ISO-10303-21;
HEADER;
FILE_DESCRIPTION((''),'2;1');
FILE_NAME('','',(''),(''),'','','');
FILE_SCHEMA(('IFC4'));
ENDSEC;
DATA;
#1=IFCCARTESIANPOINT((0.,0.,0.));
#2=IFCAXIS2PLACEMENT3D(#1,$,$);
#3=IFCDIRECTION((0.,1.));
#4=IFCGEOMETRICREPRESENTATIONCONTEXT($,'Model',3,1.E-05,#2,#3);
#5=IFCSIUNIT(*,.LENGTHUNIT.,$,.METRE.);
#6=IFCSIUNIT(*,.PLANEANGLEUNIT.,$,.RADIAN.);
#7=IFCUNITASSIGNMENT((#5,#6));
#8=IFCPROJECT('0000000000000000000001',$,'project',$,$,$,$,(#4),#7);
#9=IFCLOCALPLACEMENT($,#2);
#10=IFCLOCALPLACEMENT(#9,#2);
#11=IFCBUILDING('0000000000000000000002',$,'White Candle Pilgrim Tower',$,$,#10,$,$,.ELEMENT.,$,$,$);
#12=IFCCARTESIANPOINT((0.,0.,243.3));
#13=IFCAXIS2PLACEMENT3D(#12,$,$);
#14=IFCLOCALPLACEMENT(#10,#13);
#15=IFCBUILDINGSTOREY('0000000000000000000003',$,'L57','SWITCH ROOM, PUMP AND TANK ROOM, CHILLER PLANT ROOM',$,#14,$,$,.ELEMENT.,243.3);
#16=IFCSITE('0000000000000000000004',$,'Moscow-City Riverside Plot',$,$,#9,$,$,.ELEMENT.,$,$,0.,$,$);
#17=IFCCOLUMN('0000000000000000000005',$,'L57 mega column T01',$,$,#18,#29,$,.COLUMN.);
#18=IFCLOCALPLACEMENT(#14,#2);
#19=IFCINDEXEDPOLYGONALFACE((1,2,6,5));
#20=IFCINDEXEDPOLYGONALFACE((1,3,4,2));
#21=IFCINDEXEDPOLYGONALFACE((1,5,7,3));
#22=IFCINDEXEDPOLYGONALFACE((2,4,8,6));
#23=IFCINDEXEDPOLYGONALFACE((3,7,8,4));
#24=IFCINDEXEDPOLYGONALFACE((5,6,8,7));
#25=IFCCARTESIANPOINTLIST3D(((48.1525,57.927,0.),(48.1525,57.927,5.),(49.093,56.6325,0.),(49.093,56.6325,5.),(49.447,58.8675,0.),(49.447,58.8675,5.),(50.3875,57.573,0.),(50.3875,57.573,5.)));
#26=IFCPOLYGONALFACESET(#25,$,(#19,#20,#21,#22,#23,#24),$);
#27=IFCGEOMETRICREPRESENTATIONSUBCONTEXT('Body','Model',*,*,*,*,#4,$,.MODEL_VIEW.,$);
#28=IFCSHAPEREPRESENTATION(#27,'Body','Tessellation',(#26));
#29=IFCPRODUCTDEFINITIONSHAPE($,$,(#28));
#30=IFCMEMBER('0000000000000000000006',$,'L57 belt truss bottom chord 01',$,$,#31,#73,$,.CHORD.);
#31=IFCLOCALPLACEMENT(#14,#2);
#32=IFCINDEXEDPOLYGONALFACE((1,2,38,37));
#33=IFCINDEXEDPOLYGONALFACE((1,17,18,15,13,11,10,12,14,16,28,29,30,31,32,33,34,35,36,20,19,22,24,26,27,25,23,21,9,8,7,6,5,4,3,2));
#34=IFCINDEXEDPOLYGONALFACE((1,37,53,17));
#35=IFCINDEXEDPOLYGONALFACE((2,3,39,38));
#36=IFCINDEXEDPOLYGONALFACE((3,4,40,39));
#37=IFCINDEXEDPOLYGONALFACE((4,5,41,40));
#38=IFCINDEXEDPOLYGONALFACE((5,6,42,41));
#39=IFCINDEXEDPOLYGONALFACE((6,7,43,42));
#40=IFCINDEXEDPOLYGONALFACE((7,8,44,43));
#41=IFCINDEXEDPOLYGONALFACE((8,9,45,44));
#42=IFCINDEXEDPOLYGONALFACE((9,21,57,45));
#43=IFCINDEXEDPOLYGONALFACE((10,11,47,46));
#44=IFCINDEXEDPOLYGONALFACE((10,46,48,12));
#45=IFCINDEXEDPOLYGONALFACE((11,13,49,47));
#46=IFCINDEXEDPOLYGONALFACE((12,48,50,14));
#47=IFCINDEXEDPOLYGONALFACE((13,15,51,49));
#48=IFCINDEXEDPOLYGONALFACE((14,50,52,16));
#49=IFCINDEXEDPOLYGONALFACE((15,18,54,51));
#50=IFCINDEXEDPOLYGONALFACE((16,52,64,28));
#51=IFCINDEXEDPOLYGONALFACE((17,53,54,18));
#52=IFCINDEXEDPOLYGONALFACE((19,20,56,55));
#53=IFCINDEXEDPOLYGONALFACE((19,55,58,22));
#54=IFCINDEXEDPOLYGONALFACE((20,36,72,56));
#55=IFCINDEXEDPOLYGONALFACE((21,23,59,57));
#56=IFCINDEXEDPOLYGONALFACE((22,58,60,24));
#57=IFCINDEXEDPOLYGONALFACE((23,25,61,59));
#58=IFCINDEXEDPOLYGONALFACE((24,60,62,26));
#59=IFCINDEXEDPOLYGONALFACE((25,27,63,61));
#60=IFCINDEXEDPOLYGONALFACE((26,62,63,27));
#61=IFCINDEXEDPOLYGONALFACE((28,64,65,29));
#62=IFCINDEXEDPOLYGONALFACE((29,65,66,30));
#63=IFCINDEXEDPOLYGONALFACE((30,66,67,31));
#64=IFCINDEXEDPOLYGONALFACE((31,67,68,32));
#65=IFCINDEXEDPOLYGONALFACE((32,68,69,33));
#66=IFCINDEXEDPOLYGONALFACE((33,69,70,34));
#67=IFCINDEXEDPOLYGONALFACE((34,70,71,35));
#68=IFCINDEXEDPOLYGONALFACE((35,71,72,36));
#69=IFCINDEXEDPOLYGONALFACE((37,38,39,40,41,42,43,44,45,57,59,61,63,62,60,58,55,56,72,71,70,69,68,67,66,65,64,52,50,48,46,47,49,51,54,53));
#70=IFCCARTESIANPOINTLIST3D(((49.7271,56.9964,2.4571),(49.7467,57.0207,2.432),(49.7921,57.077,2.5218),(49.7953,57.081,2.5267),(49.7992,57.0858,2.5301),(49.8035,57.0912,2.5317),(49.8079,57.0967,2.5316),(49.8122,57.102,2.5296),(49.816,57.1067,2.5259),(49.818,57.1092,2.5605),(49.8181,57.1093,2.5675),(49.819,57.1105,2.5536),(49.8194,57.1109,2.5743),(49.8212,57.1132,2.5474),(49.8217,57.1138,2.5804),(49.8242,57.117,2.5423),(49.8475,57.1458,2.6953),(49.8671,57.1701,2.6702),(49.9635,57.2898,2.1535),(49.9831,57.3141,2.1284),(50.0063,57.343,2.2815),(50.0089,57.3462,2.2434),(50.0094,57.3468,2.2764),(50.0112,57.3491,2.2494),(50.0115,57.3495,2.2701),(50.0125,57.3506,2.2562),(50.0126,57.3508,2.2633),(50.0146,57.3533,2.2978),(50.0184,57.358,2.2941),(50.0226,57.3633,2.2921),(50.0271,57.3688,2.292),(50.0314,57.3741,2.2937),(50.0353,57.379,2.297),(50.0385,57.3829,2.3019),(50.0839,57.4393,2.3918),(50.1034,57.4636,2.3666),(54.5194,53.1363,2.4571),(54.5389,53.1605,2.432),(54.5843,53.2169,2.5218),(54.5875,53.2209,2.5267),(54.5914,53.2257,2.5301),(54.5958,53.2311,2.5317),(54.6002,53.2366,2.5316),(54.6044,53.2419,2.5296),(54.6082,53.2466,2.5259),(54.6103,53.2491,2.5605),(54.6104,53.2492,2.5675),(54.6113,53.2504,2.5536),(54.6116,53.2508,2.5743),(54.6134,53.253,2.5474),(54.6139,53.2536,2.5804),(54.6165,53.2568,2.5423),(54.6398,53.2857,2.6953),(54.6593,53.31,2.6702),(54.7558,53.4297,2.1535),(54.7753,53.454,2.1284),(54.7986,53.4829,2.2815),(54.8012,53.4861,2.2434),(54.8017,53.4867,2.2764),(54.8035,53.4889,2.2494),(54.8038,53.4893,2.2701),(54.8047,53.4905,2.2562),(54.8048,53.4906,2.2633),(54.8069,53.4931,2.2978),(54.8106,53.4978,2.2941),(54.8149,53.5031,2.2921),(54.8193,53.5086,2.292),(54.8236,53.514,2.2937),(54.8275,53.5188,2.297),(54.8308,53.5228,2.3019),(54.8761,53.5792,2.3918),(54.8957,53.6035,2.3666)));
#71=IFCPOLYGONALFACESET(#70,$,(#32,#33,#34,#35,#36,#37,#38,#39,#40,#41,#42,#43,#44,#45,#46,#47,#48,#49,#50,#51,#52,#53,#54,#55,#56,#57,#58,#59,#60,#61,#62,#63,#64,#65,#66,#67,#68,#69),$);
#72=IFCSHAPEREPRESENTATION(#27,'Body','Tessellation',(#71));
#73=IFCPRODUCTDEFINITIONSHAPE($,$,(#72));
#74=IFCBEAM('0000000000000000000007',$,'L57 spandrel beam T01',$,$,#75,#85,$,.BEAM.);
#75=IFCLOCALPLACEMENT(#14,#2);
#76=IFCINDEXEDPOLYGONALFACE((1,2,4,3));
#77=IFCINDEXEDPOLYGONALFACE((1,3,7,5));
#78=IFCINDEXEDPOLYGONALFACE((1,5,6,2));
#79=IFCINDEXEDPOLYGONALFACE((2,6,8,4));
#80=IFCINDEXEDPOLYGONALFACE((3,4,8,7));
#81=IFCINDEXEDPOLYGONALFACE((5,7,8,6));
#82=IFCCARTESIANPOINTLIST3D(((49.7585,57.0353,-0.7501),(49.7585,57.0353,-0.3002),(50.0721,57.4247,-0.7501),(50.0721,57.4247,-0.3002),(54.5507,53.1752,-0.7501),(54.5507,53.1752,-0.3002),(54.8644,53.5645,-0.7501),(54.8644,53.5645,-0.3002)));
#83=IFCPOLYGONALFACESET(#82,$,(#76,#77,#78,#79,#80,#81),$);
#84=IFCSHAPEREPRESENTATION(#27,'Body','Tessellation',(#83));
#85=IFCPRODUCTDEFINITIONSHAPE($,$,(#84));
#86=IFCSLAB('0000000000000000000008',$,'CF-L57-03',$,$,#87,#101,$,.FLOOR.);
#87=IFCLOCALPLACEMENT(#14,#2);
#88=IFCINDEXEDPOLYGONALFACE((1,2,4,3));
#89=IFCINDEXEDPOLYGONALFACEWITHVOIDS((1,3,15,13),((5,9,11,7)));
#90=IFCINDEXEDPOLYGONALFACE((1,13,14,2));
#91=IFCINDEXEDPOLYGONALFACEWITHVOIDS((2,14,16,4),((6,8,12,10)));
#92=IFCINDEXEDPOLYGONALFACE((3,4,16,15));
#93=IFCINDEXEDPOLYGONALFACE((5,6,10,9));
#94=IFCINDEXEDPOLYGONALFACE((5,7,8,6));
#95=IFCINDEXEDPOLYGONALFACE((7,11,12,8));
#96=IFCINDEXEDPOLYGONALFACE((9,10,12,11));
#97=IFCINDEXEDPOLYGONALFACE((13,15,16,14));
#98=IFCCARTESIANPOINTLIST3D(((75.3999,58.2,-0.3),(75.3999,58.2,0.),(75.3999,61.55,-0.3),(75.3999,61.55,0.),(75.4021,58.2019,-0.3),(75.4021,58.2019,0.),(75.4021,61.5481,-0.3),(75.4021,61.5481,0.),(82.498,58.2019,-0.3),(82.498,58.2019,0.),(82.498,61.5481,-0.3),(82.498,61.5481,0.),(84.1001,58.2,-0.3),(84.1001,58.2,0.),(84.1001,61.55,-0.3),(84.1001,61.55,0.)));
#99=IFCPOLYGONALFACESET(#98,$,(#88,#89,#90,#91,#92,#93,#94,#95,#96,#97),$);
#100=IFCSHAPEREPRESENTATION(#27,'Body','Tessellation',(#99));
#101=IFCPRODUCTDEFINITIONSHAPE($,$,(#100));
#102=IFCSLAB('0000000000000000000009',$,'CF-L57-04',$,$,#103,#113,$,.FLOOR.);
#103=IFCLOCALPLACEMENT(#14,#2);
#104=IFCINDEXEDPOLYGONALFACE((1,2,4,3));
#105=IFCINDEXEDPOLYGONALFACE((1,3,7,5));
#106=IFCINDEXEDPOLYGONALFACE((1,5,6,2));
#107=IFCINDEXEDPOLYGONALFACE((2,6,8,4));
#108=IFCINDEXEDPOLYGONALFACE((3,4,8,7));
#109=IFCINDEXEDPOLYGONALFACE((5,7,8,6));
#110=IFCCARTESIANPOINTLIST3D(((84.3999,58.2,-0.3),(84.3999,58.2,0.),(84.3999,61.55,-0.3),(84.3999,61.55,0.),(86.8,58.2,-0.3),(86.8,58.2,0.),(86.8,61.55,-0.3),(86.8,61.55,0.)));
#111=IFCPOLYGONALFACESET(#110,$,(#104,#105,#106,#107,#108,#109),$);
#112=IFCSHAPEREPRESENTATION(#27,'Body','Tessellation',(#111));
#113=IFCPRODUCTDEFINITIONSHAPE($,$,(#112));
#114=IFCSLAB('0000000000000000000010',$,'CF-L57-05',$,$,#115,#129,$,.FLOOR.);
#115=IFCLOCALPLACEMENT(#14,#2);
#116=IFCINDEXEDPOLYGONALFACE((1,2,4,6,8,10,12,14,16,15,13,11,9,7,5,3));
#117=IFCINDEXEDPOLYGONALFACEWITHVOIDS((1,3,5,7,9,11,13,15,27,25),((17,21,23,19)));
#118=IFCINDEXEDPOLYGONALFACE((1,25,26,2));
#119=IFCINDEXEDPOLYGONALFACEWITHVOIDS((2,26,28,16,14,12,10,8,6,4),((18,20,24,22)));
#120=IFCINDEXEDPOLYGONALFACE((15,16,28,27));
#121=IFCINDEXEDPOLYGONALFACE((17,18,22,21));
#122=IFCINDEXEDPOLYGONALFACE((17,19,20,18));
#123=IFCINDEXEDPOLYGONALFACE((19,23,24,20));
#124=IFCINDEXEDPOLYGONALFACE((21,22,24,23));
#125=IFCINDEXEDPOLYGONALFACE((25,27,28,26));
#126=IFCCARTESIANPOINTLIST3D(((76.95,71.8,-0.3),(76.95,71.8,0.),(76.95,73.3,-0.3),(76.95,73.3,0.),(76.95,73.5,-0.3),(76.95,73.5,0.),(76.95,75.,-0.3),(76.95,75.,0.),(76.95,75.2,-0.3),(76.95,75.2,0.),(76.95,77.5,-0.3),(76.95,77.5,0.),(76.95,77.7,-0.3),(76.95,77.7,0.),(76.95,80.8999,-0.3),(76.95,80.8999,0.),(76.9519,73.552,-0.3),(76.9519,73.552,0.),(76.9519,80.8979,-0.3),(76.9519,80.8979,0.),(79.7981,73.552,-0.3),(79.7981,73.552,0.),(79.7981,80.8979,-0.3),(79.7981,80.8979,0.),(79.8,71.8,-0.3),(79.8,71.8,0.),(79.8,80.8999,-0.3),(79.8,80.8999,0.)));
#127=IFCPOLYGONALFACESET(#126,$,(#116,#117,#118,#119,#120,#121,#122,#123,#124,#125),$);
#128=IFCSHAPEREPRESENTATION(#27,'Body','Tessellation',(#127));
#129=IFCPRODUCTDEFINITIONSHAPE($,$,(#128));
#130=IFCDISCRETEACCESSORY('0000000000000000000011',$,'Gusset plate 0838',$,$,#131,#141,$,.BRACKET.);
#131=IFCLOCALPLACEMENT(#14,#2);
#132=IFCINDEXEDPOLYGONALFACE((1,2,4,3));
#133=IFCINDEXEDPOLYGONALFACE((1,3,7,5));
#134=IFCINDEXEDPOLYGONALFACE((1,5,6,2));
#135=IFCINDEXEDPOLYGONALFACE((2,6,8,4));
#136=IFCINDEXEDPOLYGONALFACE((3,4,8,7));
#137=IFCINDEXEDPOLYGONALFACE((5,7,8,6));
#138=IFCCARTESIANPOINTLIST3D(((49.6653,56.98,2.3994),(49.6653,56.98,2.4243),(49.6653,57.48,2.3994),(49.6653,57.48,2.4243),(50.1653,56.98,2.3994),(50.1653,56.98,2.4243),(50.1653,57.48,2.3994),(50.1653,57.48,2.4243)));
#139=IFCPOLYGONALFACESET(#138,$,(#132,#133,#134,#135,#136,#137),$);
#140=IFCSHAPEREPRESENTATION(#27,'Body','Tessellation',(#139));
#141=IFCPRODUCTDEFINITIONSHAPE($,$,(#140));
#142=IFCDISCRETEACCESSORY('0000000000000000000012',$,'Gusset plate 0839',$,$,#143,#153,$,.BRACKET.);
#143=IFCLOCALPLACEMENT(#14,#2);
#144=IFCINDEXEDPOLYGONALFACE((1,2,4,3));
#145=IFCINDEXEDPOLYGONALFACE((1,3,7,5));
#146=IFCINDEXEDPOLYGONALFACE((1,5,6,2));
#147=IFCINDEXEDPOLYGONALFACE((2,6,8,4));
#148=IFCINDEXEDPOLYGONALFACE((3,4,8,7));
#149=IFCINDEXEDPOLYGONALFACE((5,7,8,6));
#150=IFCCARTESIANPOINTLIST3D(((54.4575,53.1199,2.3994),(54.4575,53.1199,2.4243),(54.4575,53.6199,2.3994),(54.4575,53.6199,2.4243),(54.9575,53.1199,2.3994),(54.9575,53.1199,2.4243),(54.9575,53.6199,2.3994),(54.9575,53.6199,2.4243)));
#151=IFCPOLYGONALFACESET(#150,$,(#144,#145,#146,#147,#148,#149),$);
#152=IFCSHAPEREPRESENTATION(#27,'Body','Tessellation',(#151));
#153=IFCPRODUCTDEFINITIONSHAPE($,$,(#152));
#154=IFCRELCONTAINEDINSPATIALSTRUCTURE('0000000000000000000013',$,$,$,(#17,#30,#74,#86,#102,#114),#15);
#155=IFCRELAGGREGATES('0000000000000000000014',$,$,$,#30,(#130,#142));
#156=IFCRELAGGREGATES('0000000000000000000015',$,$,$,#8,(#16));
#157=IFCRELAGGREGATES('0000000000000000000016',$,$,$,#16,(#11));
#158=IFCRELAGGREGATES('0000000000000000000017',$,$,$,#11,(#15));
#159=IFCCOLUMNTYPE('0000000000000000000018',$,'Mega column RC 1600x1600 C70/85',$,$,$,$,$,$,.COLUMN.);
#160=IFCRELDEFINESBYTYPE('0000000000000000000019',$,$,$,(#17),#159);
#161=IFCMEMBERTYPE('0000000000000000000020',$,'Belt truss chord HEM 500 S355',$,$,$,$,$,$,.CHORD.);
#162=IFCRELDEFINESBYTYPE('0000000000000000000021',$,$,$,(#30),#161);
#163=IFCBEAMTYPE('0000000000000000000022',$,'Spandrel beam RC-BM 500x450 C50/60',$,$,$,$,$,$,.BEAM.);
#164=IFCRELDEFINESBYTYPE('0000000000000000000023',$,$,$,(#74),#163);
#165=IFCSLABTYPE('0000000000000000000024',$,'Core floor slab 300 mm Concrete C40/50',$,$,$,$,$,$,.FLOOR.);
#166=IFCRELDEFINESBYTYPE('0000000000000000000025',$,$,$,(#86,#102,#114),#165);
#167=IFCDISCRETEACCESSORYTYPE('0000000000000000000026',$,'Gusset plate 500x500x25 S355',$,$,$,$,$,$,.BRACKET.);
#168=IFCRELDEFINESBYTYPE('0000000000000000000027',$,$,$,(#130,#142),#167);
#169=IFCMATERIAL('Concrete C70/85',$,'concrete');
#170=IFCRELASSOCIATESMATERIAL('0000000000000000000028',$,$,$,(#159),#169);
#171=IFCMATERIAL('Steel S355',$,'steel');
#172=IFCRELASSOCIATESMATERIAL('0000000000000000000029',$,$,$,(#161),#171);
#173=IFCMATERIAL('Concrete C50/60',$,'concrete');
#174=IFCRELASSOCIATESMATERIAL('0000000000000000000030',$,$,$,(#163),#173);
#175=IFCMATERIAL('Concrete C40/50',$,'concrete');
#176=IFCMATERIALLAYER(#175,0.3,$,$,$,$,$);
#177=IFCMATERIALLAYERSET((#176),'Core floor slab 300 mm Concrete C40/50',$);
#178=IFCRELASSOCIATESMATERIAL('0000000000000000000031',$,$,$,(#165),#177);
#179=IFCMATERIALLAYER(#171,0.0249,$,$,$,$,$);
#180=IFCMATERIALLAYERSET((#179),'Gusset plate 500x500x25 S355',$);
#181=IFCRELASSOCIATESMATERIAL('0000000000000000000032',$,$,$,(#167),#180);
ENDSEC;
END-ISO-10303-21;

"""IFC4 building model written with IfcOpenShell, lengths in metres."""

from ifc_helpers import new_model, si_unit, direction, frame, origin, origin_2d, place, context, subcontext, project, spatial, polyline, rectangle, i_section, outline, extrude, material, layer, layer_set, material_profile, profile_set, type_object, element, aggregate, save


model = new_model("IFC4")

# Units and contexts
model_context = context("Model", 3, precision=1e-05, world=origin(), true_north=direction((0.0, 1.0)))
body_context = subcontext(model_context, "Body", "Model", "MODEL_VIEW")
ifc_project = project(units=[si_unit("LENGTHUNIT", "METRE"), si_unit("PLANEANGLEUNIT", "RADIAN")], contexts=[model_context])

# Site, building, storey
site_placement = place(None, origin())
site = spatial("IfcSite", under=ifc_project, at=site_placement, Name="Moscow-City Riverside Plot", CompositionType="ELEMENT", RefElevation=0.0)
building_placement = place(site_placement, origin())
building = spatial("IfcBuilding", under=site, at=building_placement, Name="White Candle Pilgrim Tower", CompositionType="ELEMENT")
storey_placement = place(building_placement, frame((0.0, 0.0, 243.3)))
storey = spatial("IfcBuildingStorey", under=building, at=storey_placement, Name="L57", Description="SWITCH ROOM, PUMP AND TANK ROOM, CHILLER PLANT ROOM", CompositionType="ELEMENT", Elevation=243.3)

# Column
ifc_material_1 = material(Name="Concrete C70/85", Category="concrete")
ifc_material_profile_1 = material_profile(ifc_material_1, rectangle(XDim=1.6001, YDim=1.6001, at=origin_2d()), Name="RC 1600x1600")
ifc_profile_set_1 = profile_set([ifc_material_profile_1], Name="Concrete C70/85")
column_type = type_object("IfcColumnType", Name="Mega column RC 1600x1600 C70/85", PredefinedType="COLUMN", material=ifc_profile_set_1)
column_placement = place(storey_placement, frame((49.27, 57.75, 0.0), z_axis=(0.0, 0.0, 1.0), x_axis=(-0.809017, -0.587785, 0.0)))
element("IfcColumn", 1, at=column_placement, inside=storey, type_object=column_type, Name="L57 mega column T01", PredefinedType="COLUMN", context=body_context, shape_type="SweptSolid", body=[
    extrude(rectangle(XDim=1.6001, YDim=1.6001, at=origin_2d()), origin(), (0.0, 0.0, 1.0), 5.0),
])

# Member
ifc_material_2 = material(Name="Steel S355", Category="steel")
ifc_material_profile_2 = material_profile(ifc_material_2, i_section(OverallWidth=0.3059, OverallDepth=0.5239, WebThickness=0.021, FlangeThickness=0.04, FilletRadius=0.0271, at=origin_2d()), Name="HEM 500")
ifc_profile_set_2 = profile_set([ifc_material_profile_2], Name="Steel S355")
member_type = type_object("IfcMemberType", Name="Belt truss chord HEM 500 S355", PredefinedType="CHORD", material=ifc_profile_set_2)
member_placement = place(storey_placement, frame((49.9153, 57.23, 2.4119), z_axis=(0.778778, -0.627299, 0.0), x_axis=(0.393522, 0.488549, 0.778756)))
member = element("IfcMember", 2, at=member_placement, inside=storey, type_object=member_type, Name="L57 belt truss bottom chord 01", PredefinedType="CHORD", context=body_context, shape_type="SweptSolid", body=[
    extrude(i_section(OverallWidth=0.3059, OverallDepth=0.5239, WebThickness=0.021, FlangeThickness=0.04, FilletRadius=0.0271, at=origin_2d()), origin(), (0.0, 0.0, 1.0), 6.1536),
])

# Beam
ifc_material_3 = material(Name="Concrete C50/60", Category="concrete")
ifc_material_profile_3 = material_profile(ifc_material_3, rectangle(XDim=0.5, YDim=0.45, at=origin_2d()), Name="RC-BM 500x450")
ifc_profile_set_3 = profile_set([ifc_material_profile_3], Name="Concrete C50/60")
beam_type = type_object("IfcBeamType", Name="Spandrel beam RC-BM 500x450 C50/60", PredefinedType="BEAM", material=ifc_profile_set_3)
beam_placement = place(storey_placement, frame((49.9153, 57.23, -0.5251), z_axis=(0.778778, -0.627299, 0.0), x_axis=(0.627299, 0.778778, 0.0)))
element("IfcBeam", 3, at=beam_placement, inside=storey, type_object=beam_type, Name="L57 spandrel beam T01", PredefinedType="BEAM", context=body_context, shape_type="SweptSolid", body=[
    extrude(rectangle(XDim=0.5, YDim=0.45, at=origin_2d()), origin(), (0.0, 0.0, 1.0), 6.1536),
])

# Slabs
ifc_material_4 = material(Name="Concrete C40/50", Category="concrete")
ifc_layer_1 = layer(ifc_material_4, 0.3)
ifc_layer_set_1 = layer_set([ifc_layer_1], Name="Core floor slab 300 mm Concrete C40/50")
slab_type_1 = type_object("IfcSlabType", Name="Core floor slab 300 mm Concrete C40/50", PredefinedType="FLOOR", material=ifc_layer_set_1)
slab_1_placement = place(storey_placement, frame((0.0, 0.0, -0.3)))
element("IfcSlab", 4, at=slab_1_placement, inside=storey, type_object=slab_type_1, Name="CF-L57-03", PredefinedType="FLOOR", context=body_context, shape_type="SweptSolid", body=[
    extrude(outline(polyline([(75.3999, 58.2), (75.3999, 61.55), (84.1001, 61.55), (84.1001, 58.2), (75.3999, 58.2)]), holes=[polyline([(82.498, 58.2019), (82.498, 61.5481), (75.4021, 61.5481), (75.4021, 58.2019), (82.498, 58.2019)])]), origin(), (0.0, 0.0, 1.0), 0.3),
])
slab_2_placement = place(storey_placement, frame((0.0, 0.0, -0.3)))
element("IfcSlab", 5, at=slab_2_placement, inside=storey, type_object=slab_type_1, Name="CF-L57-04", PredefinedType="FLOOR", context=body_context, shape_type="SweptSolid", body=[
    extrude(outline(polyline([(86.8, 58.2), (84.3999, 58.2), (84.3999, 61.55), (86.8, 61.55), (86.8, 58.2)])), origin(), (0.0, 0.0, 1.0), 0.3),
])
slab_3_placement = place(storey_placement, frame((0.0, 0.0, -0.3)))
element("IfcSlab", 6, at=slab_3_placement, inside=storey, type_object=slab_type_1, Name="CF-L57-05", PredefinedType="FLOOR", context=body_context, shape_type="SweptSolid", body=[
    extrude(outline(polyline([(76.95, 71.8), (76.95, 73.3), (76.95, 73.5), (76.95, 75.0), (76.95, 75.2), (76.95, 77.5), (76.95, 77.7), (76.95, 80.8999), (79.8, 80.8999), (79.8, 71.8), (76.95, 71.8)]), holes=[polyline([(76.9519, 73.552), (79.7981, 73.552), (79.7981, 80.8979), (76.9519, 80.8979), (76.9519, 73.552)])]), origin(), (0.0, 0.0, 1.0), 0.3),
])

# Discrete accessories
ifc_layer_2 = layer(ifc_material_2, 0.0249)
ifc_layer_set_2 = layer_set([ifc_layer_2], Name="Gusset plate 500x500x25 S355")
discrete_accessory_type = type_object("IfcDiscreteAccessoryType", Name="Gusset plate 500x500x25 S355", PredefinedType="BRACKET", material=ifc_layer_set_2)
discrete_accessory_1_placement = place(storey_placement, frame((49.9153, 57.23, 2.3994), z_axis=(0.0, 0.0, 1.0), x_axis=(1.0, 0.0, 0.0)))
discrete_accessory_1 = element("IfcDiscreteAccessory", 7, at=discrete_accessory_1_placement, type_object=discrete_accessory_type, Name="Gusset plate 0838", PredefinedType="BRACKET", context=body_context, shape_type="SweptSolid", body=[
    extrude(rectangle(XDim=0.5, YDim=0.5, at=origin_2d()), origin(), (0.0, 0.0, 1.0), 0.0249),
])
discrete_accessory_2_placement = place(storey_placement, frame((54.7075, 53.3699, 2.3994), z_axis=(0.0, 0.0, 1.0), x_axis=(1.0, 0.0, 0.0)))
discrete_accessory_2 = element("IfcDiscreteAccessory", 8, at=discrete_accessory_2_placement, type_object=discrete_accessory_type, Name="Gusset plate 0839", PredefinedType="BRACKET", context=body_context, shape_type="SweptSolid", body=[
    extrude(rectangle(XDim=0.5, YDim=0.5, at=origin_2d()), origin(), (0.0, 0.0, 1.0), 0.0249),
])
aggregate(member, [discrete_accessory_1, discrete_accessory_2])

save(model, "model.ifc")
